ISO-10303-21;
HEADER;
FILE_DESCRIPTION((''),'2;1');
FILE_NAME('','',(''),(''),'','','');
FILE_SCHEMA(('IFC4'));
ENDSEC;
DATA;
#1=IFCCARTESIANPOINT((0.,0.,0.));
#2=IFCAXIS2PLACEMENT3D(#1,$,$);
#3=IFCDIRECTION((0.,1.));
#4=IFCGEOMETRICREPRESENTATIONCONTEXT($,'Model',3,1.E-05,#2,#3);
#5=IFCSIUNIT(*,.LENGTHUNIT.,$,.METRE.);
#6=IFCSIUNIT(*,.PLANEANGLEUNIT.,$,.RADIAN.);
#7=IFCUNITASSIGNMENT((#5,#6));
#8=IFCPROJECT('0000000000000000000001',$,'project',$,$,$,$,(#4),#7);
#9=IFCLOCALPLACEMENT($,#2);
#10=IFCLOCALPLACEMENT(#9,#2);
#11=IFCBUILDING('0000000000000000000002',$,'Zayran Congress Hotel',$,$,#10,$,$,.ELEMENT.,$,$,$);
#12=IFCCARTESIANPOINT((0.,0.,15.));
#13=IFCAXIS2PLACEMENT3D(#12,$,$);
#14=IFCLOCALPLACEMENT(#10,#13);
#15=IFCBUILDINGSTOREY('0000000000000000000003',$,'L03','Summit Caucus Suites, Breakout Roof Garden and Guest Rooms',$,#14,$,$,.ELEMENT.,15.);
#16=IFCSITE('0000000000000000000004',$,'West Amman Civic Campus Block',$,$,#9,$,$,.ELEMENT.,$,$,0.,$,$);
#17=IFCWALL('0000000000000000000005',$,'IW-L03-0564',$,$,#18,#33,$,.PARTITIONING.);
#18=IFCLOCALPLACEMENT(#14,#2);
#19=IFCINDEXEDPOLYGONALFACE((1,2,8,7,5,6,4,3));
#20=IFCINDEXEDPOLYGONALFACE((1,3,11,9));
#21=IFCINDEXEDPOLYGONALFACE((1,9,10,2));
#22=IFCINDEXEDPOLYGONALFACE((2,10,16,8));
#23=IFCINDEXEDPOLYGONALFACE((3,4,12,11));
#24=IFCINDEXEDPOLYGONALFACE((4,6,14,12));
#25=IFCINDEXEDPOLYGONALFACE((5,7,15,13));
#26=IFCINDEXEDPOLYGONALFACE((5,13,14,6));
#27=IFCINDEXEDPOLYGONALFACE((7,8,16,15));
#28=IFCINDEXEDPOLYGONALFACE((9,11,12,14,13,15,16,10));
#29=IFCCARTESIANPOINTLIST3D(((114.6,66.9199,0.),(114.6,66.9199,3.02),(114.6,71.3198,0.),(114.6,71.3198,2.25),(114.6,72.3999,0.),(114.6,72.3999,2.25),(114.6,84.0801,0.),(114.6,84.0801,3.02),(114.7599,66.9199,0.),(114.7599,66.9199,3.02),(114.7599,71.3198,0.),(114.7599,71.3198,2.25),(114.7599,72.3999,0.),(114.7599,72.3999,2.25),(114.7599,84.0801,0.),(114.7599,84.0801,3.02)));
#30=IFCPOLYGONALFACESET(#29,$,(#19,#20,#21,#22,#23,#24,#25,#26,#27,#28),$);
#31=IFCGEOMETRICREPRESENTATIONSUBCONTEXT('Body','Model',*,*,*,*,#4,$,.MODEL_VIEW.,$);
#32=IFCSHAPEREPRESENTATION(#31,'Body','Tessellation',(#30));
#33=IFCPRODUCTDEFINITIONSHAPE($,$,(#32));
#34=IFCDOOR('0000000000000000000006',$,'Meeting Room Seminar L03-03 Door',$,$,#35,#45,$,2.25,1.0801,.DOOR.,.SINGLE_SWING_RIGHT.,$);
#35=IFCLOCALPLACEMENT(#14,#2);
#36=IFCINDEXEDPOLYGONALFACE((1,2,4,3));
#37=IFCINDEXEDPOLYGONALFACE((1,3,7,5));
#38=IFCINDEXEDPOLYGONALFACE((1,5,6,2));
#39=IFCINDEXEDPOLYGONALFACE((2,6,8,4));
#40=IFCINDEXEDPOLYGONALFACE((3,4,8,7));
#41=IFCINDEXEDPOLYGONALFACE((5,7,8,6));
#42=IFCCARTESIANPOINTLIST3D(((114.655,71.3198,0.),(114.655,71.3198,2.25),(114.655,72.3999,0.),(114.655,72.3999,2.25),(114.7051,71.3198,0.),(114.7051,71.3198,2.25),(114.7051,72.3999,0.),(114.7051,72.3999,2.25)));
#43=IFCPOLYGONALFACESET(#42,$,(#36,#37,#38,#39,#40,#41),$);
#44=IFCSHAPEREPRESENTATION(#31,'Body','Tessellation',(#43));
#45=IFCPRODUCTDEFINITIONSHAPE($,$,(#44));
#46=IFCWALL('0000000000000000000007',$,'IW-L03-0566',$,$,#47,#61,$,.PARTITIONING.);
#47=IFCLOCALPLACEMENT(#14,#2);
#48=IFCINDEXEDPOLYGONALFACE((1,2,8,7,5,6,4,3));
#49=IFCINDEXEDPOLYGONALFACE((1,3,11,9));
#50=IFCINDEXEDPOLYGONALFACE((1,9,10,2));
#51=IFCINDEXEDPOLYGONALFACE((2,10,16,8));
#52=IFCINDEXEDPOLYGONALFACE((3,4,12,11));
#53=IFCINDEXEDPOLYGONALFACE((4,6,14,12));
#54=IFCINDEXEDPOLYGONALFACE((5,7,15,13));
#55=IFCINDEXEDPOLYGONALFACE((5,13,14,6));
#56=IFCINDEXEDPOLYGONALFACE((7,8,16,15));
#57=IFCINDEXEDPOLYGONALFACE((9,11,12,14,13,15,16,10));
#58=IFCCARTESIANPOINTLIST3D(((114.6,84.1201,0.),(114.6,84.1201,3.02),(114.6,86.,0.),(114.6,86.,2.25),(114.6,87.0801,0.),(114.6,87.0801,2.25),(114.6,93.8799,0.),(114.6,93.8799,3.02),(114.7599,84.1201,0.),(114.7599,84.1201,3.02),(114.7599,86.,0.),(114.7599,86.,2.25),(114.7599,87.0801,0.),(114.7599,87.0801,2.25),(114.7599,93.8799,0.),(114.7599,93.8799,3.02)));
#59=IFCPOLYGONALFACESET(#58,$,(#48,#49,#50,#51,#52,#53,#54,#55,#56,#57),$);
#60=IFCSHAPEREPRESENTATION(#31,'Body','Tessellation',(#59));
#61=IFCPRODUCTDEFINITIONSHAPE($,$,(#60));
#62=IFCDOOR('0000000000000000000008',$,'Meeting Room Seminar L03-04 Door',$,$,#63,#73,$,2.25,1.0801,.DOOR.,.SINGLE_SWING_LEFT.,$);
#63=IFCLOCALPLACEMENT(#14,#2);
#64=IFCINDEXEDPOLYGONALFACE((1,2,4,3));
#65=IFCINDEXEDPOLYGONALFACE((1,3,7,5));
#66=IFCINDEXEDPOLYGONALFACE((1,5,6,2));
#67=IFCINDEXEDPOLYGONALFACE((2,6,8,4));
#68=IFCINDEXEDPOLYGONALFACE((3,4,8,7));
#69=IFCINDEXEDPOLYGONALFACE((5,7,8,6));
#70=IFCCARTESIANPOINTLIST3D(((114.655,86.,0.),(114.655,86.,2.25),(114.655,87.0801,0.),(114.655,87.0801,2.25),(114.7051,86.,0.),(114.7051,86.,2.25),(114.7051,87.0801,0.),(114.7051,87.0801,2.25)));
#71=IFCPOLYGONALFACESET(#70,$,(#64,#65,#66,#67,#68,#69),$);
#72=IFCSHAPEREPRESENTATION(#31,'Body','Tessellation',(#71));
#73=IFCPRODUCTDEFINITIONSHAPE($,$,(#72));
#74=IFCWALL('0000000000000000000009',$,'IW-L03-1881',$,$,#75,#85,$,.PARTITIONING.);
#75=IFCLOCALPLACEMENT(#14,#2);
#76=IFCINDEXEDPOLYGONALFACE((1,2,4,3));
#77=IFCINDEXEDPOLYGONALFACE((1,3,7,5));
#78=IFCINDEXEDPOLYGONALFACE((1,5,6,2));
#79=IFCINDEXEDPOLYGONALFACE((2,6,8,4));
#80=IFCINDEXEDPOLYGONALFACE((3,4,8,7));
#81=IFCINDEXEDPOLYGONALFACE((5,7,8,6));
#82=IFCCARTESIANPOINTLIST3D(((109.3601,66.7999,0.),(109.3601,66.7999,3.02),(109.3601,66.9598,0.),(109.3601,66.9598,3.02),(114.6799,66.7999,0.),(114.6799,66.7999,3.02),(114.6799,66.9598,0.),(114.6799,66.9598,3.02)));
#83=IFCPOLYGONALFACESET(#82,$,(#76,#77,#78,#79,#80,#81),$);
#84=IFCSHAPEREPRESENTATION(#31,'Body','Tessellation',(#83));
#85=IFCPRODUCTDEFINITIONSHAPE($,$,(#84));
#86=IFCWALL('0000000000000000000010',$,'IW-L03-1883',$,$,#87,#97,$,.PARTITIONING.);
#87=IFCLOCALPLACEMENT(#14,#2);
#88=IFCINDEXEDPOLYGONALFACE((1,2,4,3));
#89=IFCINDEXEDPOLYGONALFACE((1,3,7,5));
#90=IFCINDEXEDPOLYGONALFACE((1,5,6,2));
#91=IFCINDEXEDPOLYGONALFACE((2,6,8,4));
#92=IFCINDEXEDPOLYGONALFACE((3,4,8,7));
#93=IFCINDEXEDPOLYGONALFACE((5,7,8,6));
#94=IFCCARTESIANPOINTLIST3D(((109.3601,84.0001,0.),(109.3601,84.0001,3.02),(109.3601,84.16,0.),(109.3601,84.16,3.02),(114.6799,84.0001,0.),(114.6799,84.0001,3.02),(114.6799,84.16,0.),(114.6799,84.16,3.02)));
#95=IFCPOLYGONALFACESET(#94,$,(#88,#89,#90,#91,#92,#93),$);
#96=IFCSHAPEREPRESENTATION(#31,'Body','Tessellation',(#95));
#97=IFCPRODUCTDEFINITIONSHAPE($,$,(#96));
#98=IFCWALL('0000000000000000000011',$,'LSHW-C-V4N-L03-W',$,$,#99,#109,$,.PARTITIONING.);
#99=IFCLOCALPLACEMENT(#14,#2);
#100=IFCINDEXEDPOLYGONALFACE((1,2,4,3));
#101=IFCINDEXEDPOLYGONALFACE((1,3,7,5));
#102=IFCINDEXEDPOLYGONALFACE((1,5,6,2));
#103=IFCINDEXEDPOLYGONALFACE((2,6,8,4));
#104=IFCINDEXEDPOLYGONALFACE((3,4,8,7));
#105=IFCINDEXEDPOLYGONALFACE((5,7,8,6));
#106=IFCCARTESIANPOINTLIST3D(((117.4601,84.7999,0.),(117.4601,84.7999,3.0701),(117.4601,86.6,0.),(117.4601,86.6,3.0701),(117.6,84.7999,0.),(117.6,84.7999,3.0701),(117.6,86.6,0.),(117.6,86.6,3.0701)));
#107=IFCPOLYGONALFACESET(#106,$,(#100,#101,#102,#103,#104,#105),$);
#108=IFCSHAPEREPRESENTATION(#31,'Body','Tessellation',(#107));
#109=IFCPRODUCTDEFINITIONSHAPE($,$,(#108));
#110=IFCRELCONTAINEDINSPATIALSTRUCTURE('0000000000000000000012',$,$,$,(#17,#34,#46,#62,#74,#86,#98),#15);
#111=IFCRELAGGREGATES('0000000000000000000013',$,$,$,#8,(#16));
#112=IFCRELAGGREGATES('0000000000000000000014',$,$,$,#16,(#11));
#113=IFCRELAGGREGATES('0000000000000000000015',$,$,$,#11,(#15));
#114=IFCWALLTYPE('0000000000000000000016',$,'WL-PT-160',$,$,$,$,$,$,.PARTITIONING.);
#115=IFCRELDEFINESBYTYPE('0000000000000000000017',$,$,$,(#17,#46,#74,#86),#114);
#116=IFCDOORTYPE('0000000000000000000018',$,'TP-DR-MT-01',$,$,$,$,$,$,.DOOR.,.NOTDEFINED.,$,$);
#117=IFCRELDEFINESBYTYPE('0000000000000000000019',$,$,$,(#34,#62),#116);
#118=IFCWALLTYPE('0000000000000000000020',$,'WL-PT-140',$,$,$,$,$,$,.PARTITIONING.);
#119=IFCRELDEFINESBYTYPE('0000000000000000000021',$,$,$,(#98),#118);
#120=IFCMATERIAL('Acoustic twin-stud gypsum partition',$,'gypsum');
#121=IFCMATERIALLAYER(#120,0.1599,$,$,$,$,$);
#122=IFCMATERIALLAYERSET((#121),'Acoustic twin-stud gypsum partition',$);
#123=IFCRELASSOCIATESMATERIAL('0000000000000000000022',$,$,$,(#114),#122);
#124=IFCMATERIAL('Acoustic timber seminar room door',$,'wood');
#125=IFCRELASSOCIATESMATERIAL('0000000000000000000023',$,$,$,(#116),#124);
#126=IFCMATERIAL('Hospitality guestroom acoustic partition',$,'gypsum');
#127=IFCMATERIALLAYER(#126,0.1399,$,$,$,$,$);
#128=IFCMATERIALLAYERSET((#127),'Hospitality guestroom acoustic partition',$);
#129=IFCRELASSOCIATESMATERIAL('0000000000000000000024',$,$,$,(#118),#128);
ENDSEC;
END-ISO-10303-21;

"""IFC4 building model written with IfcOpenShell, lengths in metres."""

from ifc_helpers import new_model, si_unit, direction, frame, frame_2d, origin, place, context, subcontext, project, spatial, rectangle, extrude, material, layer, layer_set, type_object, element, fill, save


model = new_model("IFC4")

# Units and contexts
model_context = context("Model", 3, precision=1e-05, world=origin(), true_north=direction((0.0, 1.0)))
body_context = subcontext(model_context, "Body", "Model", "MODEL_VIEW")
ifc_project = project(units=[si_unit("LENGTHUNIT", "METRE"), si_unit("PLANEANGLEUNIT", "RADIAN")], contexts=[model_context])

# Site, building, storey
site_placement = place(None, origin())
site = spatial("IfcSite", under=ifc_project, at=site_placement, Name="West Amman Civic Campus Block", CompositionType="ELEMENT", RefElevation=0.0)
building_placement = place(site_placement, origin())
building = spatial("IfcBuilding", under=site, at=building_placement, Name="Zayran Congress Hotel", CompositionType="ELEMENT")
storey_placement = place(building_placement, frame((0.0, 0.0, 15.0)))
storey = spatial("IfcBuildingStorey", under=building, at=storey_placement, Name="L03", Description="Summit Caucus Suites, Breakout Roof Garden and Guest Rooms", CompositionType="ELEMENT", Elevation=15.0)

# Walls, openings, doors
ifc_material_1 = material(Name="Acoustic twin-stud gypsum partition", Category="gypsum")
ifc_layer_1 = layer(ifc_material_1, 0.1599)
ifc_layer_set_1 = layer_set([ifc_layer_1], Name="Acoustic twin-stud gypsum partition")
wall_type_1 = type_object("IfcWallType", Name="WL-PT-160", PredefinedType="PARTITIONING", material=ifc_layer_set_1)
wall_1_placement = place(storey_placement, frame((114.6799, 66.9199, 0.0), z_axis=(0.0, 0.0, 1.0), x_axis=(0.0, 1.0, 0.0)))
wall_1 = element("IfcWall", 1, at=wall_1_placement, inside=storey, type_object=wall_type_1, Name="IW-L03-0564", PredefinedType="PARTITIONING", context=body_context, shape_type="SweptSolid", body=[
    extrude(rectangle(XDim=17.1602, YDim=0.1599, at=frame_2d((8.5801, 0.0))), origin(), (0.0, 0.0, 1.0), 3.02),
])
opening_1_placement = place(wall_1_placement, frame((4.3999, 0.0, 0.0)))
opening_1 = element("IfcOpeningElement", 2, at=opening_1_placement, cuts=wall_1, PredefinedType="OPENING", context=body_context, shape_type="SweptSolid", body=[
    extrude(rectangle(XDim=1.0801, YDim=2.25, at=frame_2d((0.54, 1.125))), frame((0.0, 0.0898, 0.0), z_axis=(0.0, -1.0, 0.0), x_axis=(1.0, 0.0, 0.0)), (0.0, 0.0, 1.0), 0.1799),
])
ifc_material_2 = material(Name="Acoustic timber seminar room door", Category="wood")
door_type_1 = type_object("IfcDoorType", Name="TP-DR-MT-01", OperationType="NOTDEFINED", PredefinedType="DOOR", material=ifc_material_2)
door_1_placement = place(opening_1_placement, origin())
door_1 = element("IfcDoor", 3, at=door_1_placement, inside=storey, type_object=door_type_1, Name="Meeting Room Seminar L03-03 Door", OperationType="SINGLE_SWING_RIGHT", OverallHeight=2.25, OverallWidth=1.0801, PredefinedType="DOOR", context=body_context, shape_type="SweptSolid", body=[
    extrude(rectangle(XDim=1.0801, YDim=2.25, at=frame_2d((0.54, 1.125))), frame((0.0, 0.0249, 0.0), z_axis=(0.0, -1.0, 0.0), x_axis=(1.0, 0.0, 0.0)), (0.0, 0.0, 1.0), 0.05),
])
fill(opening_1, door_1)
wall_2_placement = place(storey_placement, frame((114.6799, 84.1201, 0.0), z_axis=(0.0, 0.0, 1.0), x_axis=(0.0, 1.0, 0.0)))
wall_2 = element("IfcWall", 4, at=wall_2_placement, inside=storey, type_object=wall_type_1, Name="IW-L03-0566", PredefinedType="PARTITIONING", context=body_context, shape_type="SweptSolid", body=[
    extrude(rectangle(XDim=9.7598, YDim=0.1599, at=frame_2d((4.8799, 0.0))), origin(), (0.0, 0.0, 1.0), 3.02),
])
opening_2_placement = place(wall_2_placement, frame((1.8799, 0.0, 0.0)))
opening_2 = element("IfcOpeningElement", 5, at=opening_2_placement, cuts=wall_2, PredefinedType="OPENING", context=body_context, shape_type="SweptSolid", body=[
    extrude(rectangle(XDim=1.0801, YDim=2.25, at=frame_2d((0.54, 1.125))), frame((0.0, 0.0898, 0.0), z_axis=(0.0, -1.0, 0.0), x_axis=(1.0, 0.0, 0.0)), (0.0, 0.0, 1.0), 0.1799),
])
door_2_placement = place(opening_2_placement, origin())
door_2 = element("IfcDoor", 6, at=door_2_placement, inside=storey, type_object=door_type_1, Name="Meeting Room Seminar L03-04 Door", OperationType="SINGLE_SWING_LEFT", OverallHeight=2.25, OverallWidth=1.0801, PredefinedType="DOOR", context=body_context, shape_type="SweptSolid", body=[
    extrude(rectangle(XDim=1.0801, YDim=2.25, at=frame_2d((0.54, 1.125))), frame((0.0, 0.0249, 0.0), z_axis=(0.0, -1.0, 0.0), x_axis=(1.0, 0.0, 0.0)), (0.0, 0.0, 1.0), 0.05),
])
fill(opening_2, door_2)

# Walls
for number, where, z_axis, x_axis, name in (
    (7, (109.3601, 66.8799, 0.0), (0.0, 0.0, 1.0), (1.0, 0.0, 0.0), "IW-L03-1881"),
    (8, (109.3601, 84.0801, 0.0), (0.0, 0.0, 1.0), (1.0, 0.0, 0.0), "IW-L03-1883"),
):
    element("IfcWall", number, at=place(storey_placement, frame(where, z_axis=z_axis, x_axis=x_axis)), inside=storey, type_object=wall_type_1, Name=name, PredefinedType="PARTITIONING", context=body_context, shape_type="SweptSolid", body=[
        extrude(rectangle(XDim=5.3198, YDim=0.1599, at=frame_2d((2.6599, 0.0))), origin(), (0.0, 0.0, 1.0), 3.02),
    ])
ifc_material_3 = material(Name="Hospitality guestroom acoustic partition", Category="gypsum")
ifc_layer_2 = layer(ifc_material_3, 0.1399)
ifc_layer_set_2 = layer_set([ifc_layer_2], Name="Hospitality guestroom acoustic partition")
wall_type_2 = type_object("IfcWallType", Name="WL-PT-140", PredefinedType="PARTITIONING", material=ifc_layer_set_2)
wall_3_placement = place(storey_placement, frame((117.53, 84.8, 0.0), z_axis=(0.0, 0.0, 1.0), x_axis=(0.0, 1.0, 0.0)))
element("IfcWall", 9, at=wall_3_placement, inside=storey, type_object=wall_type_2, Name="LSHW-C-V4N-L03-W", PredefinedType="PARTITIONING", context=body_context, shape_type="SweptSolid", body=[
    extrude(rectangle(XDim=1.8, YDim=0.1399, at=frame_2d((0.8999, 0.0))), origin(), (0.0, 0.0, 1.0), 3.0701),
])

save(model, "model.ifc")
